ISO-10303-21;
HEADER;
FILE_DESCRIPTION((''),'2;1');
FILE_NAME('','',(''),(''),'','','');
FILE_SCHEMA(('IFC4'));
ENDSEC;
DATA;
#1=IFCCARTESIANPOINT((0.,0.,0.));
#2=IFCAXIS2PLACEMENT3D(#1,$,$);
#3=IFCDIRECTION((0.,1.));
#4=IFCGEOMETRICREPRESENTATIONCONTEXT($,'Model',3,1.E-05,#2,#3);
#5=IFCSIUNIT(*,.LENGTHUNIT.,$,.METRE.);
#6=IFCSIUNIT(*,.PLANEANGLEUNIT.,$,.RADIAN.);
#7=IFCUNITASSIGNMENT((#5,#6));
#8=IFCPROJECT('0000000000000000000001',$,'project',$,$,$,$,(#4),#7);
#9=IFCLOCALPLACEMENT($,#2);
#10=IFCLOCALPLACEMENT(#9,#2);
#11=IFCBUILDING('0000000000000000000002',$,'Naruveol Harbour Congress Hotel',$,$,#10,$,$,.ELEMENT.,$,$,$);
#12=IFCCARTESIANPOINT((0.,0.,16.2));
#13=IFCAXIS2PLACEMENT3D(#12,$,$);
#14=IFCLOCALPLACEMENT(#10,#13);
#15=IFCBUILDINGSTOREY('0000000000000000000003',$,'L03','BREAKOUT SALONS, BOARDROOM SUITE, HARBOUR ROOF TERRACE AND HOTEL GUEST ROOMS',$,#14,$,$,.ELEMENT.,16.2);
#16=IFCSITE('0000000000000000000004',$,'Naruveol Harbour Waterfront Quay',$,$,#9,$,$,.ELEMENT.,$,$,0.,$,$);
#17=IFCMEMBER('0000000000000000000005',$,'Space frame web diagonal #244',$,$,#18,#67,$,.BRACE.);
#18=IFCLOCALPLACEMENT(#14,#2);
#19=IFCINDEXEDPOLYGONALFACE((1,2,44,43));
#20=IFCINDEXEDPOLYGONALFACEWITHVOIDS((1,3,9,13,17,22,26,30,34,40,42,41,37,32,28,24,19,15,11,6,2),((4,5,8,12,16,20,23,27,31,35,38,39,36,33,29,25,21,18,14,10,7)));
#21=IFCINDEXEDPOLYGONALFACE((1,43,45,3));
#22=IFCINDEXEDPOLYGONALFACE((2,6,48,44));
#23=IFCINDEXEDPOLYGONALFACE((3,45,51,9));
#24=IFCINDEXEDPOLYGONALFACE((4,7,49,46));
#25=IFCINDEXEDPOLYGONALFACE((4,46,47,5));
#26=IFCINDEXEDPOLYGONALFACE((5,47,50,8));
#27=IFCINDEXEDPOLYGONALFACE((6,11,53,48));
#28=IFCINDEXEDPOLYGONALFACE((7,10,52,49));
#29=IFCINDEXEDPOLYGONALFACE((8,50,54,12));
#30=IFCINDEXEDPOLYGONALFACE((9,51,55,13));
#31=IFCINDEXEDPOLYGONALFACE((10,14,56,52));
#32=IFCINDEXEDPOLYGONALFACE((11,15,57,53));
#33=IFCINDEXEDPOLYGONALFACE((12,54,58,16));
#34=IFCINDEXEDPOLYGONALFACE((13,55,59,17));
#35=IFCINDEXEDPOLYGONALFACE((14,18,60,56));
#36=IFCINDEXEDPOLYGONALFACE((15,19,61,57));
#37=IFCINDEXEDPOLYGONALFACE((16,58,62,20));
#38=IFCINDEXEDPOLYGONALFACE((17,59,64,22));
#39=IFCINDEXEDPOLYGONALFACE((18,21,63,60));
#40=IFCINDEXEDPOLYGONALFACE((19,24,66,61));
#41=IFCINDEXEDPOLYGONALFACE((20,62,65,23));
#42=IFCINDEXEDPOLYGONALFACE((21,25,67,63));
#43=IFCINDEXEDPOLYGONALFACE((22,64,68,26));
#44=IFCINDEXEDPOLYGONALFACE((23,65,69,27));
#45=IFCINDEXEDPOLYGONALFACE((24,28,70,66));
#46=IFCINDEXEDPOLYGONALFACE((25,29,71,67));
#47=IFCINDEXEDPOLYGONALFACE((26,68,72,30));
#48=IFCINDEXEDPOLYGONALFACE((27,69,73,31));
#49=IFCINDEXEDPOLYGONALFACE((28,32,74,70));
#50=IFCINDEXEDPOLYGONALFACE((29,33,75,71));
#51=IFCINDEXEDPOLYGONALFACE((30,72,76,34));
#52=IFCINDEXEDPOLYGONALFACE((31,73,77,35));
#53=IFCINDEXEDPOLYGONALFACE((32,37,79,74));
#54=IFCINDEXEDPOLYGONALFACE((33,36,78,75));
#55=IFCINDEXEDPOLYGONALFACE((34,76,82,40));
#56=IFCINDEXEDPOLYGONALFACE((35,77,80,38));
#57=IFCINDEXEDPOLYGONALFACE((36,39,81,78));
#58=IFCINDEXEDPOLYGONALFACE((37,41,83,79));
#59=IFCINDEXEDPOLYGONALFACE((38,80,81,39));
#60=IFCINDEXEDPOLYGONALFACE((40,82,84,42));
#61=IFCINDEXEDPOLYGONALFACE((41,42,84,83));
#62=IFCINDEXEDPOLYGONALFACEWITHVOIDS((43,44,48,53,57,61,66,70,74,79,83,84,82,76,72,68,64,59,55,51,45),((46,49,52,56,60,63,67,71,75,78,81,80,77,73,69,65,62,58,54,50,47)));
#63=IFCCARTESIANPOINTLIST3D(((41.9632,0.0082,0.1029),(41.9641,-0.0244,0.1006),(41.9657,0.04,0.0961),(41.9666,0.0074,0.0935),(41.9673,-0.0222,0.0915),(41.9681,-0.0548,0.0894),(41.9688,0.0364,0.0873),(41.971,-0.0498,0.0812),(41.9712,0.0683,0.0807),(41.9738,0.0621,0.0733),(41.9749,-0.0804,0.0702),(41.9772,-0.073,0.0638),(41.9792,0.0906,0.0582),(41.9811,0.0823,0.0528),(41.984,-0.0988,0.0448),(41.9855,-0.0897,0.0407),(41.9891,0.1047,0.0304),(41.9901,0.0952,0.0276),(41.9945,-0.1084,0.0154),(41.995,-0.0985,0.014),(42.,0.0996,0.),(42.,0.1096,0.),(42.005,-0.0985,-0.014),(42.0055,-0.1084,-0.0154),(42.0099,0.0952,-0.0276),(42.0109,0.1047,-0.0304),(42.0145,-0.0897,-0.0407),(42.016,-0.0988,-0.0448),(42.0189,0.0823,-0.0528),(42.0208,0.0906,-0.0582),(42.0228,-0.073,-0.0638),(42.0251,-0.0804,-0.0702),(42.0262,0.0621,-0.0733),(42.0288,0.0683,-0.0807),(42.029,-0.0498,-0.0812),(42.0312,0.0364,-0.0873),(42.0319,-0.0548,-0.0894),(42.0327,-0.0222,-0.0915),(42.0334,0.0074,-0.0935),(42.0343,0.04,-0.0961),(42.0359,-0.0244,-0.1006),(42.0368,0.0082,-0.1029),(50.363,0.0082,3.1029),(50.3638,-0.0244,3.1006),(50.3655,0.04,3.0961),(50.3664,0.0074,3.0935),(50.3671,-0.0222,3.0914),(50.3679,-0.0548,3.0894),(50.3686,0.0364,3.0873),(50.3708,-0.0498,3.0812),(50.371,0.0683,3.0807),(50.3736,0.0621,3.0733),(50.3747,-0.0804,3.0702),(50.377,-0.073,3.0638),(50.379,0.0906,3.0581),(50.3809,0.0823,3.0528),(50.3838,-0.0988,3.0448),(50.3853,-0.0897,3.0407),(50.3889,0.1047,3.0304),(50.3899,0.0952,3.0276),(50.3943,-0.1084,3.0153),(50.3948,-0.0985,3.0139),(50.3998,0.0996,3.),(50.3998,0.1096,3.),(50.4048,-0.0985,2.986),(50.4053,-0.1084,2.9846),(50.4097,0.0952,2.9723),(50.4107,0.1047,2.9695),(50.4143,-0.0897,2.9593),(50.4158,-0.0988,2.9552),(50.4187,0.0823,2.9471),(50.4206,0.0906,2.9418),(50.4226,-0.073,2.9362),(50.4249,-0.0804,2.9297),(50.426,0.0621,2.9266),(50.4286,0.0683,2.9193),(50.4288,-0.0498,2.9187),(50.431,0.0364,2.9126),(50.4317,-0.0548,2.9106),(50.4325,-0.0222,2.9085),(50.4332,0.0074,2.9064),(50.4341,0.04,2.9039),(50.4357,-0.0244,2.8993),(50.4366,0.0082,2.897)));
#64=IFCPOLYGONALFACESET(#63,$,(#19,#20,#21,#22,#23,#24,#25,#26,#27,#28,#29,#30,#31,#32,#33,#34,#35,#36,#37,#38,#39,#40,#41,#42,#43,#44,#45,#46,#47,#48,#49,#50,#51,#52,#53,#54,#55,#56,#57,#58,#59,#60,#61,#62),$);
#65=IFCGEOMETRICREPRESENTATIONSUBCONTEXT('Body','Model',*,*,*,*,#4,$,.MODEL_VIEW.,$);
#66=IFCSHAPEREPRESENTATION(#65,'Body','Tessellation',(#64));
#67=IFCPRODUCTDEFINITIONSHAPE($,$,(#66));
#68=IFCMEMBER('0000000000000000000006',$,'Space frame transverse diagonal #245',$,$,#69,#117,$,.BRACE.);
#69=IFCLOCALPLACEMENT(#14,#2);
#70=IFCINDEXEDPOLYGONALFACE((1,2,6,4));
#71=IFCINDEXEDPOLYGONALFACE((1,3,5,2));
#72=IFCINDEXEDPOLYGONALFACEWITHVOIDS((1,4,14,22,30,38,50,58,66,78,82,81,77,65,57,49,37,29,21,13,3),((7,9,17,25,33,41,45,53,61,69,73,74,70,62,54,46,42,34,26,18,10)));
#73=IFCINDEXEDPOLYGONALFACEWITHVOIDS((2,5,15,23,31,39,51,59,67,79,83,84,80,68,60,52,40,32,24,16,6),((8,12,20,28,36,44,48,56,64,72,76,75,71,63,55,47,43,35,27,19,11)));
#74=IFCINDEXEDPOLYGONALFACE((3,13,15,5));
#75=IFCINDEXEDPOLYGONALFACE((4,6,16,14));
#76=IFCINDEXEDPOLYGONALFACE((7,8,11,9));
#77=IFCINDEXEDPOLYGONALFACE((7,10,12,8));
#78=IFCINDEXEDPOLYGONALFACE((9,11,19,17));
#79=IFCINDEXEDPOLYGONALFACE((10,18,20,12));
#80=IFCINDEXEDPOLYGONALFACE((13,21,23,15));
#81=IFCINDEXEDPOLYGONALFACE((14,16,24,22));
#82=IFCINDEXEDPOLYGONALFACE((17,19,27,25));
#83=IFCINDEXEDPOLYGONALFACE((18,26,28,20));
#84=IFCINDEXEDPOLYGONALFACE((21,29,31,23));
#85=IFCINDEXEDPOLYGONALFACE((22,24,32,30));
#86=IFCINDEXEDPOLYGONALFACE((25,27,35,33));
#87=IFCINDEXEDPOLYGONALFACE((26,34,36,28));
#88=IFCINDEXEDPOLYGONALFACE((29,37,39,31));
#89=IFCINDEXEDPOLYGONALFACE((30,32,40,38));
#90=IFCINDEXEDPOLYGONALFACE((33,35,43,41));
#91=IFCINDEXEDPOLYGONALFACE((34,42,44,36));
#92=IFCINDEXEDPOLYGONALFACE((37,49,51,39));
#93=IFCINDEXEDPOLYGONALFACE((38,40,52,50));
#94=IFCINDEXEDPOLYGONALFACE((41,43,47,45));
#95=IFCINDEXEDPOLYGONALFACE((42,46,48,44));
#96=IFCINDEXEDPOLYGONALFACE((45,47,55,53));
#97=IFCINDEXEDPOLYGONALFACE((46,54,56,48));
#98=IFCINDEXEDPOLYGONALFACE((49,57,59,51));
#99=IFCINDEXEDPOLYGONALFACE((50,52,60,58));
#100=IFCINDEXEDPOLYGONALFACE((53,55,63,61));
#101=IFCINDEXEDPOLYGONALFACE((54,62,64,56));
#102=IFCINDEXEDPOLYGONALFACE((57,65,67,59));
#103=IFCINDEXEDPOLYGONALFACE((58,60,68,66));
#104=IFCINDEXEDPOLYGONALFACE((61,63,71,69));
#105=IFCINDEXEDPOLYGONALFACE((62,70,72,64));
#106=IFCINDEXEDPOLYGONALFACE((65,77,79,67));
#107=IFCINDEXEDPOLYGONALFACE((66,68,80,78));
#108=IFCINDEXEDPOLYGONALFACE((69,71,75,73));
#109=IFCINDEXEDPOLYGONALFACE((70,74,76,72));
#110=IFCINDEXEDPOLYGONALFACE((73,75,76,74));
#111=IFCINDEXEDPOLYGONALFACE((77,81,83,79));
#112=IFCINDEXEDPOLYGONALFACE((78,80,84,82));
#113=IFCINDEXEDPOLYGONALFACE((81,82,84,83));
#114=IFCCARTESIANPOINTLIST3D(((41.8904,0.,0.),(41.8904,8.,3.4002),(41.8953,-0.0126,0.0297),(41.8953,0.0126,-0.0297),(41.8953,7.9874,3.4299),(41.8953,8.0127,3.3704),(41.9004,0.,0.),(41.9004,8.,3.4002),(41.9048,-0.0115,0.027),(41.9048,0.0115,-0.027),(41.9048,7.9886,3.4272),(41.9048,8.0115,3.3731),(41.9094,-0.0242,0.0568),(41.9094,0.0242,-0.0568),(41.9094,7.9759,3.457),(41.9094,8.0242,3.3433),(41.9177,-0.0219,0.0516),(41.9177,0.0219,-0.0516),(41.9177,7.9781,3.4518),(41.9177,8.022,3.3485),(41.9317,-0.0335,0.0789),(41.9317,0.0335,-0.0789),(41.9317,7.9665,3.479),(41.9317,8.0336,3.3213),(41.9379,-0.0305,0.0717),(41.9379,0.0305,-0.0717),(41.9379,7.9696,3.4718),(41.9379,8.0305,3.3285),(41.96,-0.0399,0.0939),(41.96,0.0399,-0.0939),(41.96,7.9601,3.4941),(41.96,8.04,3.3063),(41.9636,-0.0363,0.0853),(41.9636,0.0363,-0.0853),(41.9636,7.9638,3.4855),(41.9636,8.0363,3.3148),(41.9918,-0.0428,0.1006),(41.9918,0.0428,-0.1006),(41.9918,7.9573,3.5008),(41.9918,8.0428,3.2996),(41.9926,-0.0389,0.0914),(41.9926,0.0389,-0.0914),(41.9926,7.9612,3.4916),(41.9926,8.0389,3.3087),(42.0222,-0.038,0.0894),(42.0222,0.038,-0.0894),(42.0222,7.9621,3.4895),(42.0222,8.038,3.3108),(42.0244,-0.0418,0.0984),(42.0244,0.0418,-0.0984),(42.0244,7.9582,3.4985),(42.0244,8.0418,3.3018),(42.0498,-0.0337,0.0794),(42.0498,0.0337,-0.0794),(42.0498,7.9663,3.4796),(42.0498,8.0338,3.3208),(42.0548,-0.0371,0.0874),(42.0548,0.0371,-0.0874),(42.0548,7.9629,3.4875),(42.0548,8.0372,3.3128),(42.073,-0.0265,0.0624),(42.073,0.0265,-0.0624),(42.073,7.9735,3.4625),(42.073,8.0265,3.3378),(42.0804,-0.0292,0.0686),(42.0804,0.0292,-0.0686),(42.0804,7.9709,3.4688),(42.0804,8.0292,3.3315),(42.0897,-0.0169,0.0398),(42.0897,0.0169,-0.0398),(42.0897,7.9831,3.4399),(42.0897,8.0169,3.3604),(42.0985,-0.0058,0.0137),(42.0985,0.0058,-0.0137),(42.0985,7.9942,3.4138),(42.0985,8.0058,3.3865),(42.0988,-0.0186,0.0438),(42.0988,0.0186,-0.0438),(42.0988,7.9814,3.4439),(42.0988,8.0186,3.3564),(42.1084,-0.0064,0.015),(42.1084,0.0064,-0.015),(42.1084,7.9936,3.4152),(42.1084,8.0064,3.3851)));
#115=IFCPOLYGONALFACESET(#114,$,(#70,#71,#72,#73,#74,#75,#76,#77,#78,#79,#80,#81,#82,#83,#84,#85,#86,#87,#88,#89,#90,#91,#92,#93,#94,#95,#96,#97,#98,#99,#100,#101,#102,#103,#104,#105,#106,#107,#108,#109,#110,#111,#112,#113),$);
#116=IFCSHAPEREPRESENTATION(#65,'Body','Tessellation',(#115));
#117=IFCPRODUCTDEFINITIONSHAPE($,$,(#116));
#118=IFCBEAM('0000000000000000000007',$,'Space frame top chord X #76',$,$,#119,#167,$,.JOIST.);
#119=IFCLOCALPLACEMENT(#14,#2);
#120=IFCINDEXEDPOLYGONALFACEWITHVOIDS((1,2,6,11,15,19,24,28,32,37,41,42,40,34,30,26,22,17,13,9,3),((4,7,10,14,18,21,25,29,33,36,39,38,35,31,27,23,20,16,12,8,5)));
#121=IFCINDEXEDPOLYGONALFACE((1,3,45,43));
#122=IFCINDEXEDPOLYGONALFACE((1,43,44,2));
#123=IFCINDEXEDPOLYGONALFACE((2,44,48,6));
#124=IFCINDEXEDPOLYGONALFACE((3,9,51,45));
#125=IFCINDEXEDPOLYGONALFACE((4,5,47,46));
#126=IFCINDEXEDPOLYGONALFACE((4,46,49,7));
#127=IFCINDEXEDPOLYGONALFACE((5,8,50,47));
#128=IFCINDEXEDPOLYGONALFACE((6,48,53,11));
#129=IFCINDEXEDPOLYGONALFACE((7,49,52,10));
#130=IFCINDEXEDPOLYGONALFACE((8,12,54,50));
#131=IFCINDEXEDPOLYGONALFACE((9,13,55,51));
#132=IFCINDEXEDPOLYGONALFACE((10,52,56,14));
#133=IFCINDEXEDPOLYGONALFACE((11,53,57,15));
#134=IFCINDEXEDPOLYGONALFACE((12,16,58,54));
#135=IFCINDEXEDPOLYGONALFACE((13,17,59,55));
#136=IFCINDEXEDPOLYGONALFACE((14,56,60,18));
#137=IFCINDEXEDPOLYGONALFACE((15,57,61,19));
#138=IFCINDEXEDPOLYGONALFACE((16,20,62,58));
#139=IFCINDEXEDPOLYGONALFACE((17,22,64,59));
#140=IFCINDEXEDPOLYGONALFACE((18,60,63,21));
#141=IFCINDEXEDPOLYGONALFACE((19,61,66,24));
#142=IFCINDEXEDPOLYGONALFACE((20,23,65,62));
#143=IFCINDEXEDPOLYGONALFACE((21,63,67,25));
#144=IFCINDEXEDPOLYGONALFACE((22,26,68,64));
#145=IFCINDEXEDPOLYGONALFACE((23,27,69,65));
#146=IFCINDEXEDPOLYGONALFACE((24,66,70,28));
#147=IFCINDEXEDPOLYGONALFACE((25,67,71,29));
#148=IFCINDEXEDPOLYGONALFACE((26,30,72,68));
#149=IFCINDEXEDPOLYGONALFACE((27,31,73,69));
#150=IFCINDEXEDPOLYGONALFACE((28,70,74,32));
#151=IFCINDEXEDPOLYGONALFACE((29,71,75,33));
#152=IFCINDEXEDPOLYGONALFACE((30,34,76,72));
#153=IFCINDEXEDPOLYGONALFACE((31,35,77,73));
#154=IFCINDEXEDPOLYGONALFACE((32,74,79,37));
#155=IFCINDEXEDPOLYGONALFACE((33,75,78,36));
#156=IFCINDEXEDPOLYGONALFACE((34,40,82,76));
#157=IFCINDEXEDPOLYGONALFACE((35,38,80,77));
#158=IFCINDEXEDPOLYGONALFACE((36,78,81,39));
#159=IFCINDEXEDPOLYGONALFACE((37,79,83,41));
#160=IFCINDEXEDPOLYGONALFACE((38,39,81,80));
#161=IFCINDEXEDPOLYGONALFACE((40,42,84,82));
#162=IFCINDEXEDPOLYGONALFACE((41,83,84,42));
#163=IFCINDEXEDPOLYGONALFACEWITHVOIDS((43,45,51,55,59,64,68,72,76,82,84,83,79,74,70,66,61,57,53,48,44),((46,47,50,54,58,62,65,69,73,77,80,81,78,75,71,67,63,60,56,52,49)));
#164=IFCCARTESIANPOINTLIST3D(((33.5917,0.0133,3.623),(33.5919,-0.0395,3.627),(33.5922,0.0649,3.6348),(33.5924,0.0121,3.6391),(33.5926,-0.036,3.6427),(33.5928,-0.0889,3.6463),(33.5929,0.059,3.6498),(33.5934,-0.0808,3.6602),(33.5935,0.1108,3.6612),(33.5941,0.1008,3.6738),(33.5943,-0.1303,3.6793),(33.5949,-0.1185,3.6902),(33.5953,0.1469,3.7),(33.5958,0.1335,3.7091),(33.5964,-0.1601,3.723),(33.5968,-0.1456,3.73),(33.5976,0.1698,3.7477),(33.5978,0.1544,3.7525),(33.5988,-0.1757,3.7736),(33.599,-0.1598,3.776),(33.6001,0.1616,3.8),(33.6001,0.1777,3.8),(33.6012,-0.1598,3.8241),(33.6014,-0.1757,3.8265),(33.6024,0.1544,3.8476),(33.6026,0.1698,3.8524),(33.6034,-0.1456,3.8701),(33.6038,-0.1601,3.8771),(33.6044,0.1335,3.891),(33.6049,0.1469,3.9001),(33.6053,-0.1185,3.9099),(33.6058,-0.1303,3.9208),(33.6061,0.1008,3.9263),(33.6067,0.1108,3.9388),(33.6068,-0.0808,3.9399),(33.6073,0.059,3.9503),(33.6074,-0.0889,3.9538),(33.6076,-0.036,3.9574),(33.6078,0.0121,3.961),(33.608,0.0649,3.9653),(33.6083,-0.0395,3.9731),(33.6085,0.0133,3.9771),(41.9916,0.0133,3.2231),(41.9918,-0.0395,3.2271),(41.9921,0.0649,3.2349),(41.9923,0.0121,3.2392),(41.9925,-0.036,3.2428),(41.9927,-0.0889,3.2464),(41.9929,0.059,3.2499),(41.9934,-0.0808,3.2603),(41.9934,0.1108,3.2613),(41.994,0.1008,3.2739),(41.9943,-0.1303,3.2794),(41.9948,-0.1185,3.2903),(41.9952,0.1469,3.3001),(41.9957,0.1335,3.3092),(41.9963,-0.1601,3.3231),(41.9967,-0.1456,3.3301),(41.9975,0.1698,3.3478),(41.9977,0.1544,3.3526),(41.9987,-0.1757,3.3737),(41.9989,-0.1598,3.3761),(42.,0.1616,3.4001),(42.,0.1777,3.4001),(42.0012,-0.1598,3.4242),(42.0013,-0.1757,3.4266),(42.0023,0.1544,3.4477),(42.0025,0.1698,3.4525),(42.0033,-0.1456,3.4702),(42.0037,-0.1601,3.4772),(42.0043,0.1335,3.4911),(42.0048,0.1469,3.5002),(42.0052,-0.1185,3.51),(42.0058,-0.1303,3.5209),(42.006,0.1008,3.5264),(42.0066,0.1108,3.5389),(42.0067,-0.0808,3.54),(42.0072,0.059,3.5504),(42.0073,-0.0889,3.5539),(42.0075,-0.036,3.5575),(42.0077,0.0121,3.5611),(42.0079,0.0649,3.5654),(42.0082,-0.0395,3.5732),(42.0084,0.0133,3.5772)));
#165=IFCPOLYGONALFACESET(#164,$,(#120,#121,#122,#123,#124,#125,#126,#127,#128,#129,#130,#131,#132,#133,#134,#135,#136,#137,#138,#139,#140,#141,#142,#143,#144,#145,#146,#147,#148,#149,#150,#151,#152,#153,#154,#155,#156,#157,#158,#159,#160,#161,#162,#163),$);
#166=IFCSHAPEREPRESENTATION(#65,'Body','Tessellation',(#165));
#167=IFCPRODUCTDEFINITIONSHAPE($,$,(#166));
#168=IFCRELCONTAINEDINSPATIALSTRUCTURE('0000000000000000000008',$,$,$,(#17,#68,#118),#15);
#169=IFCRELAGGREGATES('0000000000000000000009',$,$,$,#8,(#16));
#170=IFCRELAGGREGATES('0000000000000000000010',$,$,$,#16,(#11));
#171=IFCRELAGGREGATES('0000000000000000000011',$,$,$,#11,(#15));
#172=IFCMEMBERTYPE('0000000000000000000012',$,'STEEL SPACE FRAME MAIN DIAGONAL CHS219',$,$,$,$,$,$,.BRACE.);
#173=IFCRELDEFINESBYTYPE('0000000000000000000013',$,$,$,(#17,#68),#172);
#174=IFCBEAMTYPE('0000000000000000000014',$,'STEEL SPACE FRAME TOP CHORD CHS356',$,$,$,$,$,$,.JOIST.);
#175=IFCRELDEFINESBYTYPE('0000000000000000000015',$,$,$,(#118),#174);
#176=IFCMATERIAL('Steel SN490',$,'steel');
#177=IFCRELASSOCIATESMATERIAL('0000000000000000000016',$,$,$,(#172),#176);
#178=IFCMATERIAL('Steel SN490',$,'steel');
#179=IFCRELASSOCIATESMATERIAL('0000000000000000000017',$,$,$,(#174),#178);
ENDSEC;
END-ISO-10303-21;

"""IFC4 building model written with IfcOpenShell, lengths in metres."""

from ifc_helpers import new_model, si_unit, direction, frame, origin, origin_2d, place, context, subcontext, project, spatial, hollow_circle, extrude, material, material_profile, profile_set, type_object, element, save


model = new_model("IFC4")

# Units and contexts
model_context = context("Model", 3, precision=1e-05, world=origin(), true_north=direction((0.0, 1.0)))
body_context = subcontext(model_context, "Body", "Model", "MODEL_VIEW")
ifc_project = project(units=[si_unit("LENGTHUNIT", "METRE"), si_unit("PLANEANGLEUNIT", "RADIAN")], contexts=[model_context])

# Site, building, storey
site_placement = place(None, origin())
site = spatial("IfcSite", under=ifc_project, at=site_placement, Name="Naruveol Harbour Waterfront Quay", CompositionType="ELEMENT", RefElevation=0.0)
building_placement = place(site_placement, origin())
building = spatial("IfcBuilding", under=site, at=building_placement, Name="Naruveol Harbour Congress Hotel", CompositionType="ELEMENT")
storey_placement = place(building_placement, frame((0.0, 0.0, 16.2)))
storey = spatial("IfcBuildingStorey", under=building, at=storey_placement, Name="L03", Description="BREAKOUT SALONS, BOARDROOM SUITE, HARBOUR ROOF TERRACE AND HOTEL GUEST ROOMS", CompositionType="ELEMENT", Elevation=16.2)

# Members
ifc_material_1 = material(Name="Steel SN490", Category="steel")
ifc_material_profile_1 = material_profile(ifc_material_1, hollow_circle(Radius=0.1096, WallThickness=0.01, at=origin_2d()), Name="CHS-219.1x10")
ifc_profile_set_1 = profile_set([ifc_material_profile_1], Name="Steel SN490")
member_type_1 = type_object("IfcMemberType", Name="STEEL SPACE FRAME MAIN DIAGONAL CHS219", PredefinedType="BRACE", material=ifc_profile_set_1)
member_1_placement = place(storey_placement, frame((42.0, 0.0, 0.0), z_axis=(0.941741, 0.0, 0.33634), x_axis=(0.0, 1.0, 0.0)))
element("IfcMember", 1, at=member_1_placement, inside=storey, type_object=member_type_1, Name="Space frame web diagonal #244", PredefinedType="BRACE", context=body_context, shape_type="SweptSolid", body=[
    extrude(hollow_circle(Radius=0.1096, WallThickness=0.01, at=origin_2d()), origin(), (0.0, 0.0, 1.0), 8.9194),
])
member_2_placement = place(storey_placement, frame((42.0, 0.0, 0.0), z_axis=(0.0, 0.920325, 0.391155), x_axis=(-1.0, 0.0, 0.0)))
element("IfcMember", 2, at=member_2_placement, inside=storey, type_object=member_type_1, Name="Space frame transverse diagonal #245", PredefinedType="BRACE", context=body_context, shape_type="SweptSolid", body=[
    extrude(hollow_circle(Radius=0.1096, WallThickness=0.01, at=origin_2d()), origin(), (0.0, 0.0, 1.0), 8.6926),
])

# Beam
ifc_material_2 = material(Name="Steel SN490", Category="steel")
ifc_material_profile_2 = material_profile(ifc_material_2, hollow_circle(Radius=0.1777, WallThickness=0.0161, at=origin_2d()), Name="CHS-355.6x16")
ifc_profile_set_2 = profile_set([ifc_material_profile_2], Name="Steel SN490")
beam_type_1 = type_object("IfcBeamType", Name="STEEL SPACE FRAME TOP CHORD CHS356", PredefinedType="JOIST", material=ifc_profile_set_2)
for number, where, z_axis, x_axis, name in (
    (3, (33.6001, 0.0, 3.8), (0.998869, 0.0, -0.047554), (0.0, 1.0, 0.0), "Space frame top chord X #76"),
):
    element("IfcBeam", number, at=place(storey_placement, frame(where, z_axis=z_axis, x_axis=x_axis)), inside=storey, type_object=beam_type_1, Name=name, PredefinedType="JOIST", context=body_context, shape_type="SweptSolid", body=[
        extrude(hollow_circle(Radius=0.1777, WallThickness=0.0161, at=origin_2d()), origin(), (0.0, 0.0, 1.0), 8.4094),
    ])

save(model, "model.ifc")
